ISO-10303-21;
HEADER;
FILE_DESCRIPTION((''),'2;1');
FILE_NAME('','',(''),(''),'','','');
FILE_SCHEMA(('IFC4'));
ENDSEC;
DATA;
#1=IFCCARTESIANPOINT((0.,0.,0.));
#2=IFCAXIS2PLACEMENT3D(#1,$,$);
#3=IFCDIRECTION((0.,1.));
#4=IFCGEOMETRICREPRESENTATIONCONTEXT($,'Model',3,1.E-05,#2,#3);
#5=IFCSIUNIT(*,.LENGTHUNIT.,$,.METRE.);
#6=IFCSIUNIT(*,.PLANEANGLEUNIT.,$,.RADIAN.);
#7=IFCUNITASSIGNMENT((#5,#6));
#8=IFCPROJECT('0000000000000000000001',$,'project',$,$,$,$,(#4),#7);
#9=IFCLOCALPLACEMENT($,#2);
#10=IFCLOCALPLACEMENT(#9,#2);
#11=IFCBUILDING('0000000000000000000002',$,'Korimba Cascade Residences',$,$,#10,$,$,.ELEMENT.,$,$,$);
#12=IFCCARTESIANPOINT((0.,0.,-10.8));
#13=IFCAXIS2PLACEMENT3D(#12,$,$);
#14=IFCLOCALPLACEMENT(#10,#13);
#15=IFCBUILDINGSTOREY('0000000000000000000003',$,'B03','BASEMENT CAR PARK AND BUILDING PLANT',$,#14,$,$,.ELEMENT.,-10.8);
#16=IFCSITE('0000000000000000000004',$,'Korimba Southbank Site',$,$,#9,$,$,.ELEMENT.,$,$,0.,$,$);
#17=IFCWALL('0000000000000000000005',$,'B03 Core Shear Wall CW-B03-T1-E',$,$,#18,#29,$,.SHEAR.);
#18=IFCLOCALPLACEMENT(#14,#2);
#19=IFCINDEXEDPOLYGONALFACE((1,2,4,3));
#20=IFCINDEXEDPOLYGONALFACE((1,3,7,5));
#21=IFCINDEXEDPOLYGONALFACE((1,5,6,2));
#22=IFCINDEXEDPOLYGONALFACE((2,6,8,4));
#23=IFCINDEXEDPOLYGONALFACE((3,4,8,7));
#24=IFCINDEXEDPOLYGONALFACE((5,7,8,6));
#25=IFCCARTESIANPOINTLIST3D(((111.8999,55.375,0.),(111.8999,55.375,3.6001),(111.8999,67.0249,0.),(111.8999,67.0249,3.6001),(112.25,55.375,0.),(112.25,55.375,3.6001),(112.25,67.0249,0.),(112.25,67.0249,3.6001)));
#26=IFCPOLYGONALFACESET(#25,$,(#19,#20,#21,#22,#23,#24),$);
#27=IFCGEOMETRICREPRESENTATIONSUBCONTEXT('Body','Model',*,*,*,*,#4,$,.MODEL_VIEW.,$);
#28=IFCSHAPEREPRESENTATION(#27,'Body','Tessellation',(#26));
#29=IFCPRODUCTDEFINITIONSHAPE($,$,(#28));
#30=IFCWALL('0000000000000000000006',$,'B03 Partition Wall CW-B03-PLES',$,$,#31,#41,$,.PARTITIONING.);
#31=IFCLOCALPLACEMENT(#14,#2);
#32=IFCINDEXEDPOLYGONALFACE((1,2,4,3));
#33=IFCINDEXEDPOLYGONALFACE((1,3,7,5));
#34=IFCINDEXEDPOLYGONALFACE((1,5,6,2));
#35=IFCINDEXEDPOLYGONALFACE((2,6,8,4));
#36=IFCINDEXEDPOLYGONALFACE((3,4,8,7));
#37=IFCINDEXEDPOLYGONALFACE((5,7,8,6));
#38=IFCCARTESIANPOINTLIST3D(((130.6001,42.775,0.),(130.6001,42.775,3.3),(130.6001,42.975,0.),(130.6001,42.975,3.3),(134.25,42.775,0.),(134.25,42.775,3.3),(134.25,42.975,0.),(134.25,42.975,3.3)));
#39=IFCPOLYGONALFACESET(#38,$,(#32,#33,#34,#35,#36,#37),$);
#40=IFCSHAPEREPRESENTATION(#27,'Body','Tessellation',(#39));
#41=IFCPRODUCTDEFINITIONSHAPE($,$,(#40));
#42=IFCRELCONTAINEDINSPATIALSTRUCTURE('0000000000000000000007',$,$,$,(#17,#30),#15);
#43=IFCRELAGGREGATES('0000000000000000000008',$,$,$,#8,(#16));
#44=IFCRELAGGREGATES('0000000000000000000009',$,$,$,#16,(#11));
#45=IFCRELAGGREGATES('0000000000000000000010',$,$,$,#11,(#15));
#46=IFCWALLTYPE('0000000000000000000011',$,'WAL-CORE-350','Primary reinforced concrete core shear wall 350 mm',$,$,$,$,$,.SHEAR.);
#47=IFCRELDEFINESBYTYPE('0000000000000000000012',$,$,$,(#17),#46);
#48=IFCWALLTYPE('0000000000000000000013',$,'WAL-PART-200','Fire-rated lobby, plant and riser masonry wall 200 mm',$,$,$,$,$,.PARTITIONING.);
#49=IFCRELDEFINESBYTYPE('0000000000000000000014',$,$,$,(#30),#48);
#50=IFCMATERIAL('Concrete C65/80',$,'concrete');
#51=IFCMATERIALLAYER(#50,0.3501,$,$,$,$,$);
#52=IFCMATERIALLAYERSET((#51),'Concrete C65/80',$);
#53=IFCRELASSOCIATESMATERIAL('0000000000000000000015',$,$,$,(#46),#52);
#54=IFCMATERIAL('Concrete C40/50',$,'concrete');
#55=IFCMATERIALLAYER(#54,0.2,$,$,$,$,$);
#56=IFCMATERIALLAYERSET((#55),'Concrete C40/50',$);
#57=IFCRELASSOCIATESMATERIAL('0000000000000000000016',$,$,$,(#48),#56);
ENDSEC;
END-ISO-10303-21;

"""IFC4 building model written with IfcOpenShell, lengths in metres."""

from ifc_helpers import new_model, si_unit, direction, frame, frame_2d, origin, place, context, subcontext, project, spatial, rectangle, extrude, material, layer, layer_set, type_object, element, save


model = new_model("IFC4")

# Units and contexts
model_context = context("Model", 3, precision=1e-05, world=origin(), true_north=direction((0.0, 1.0)))
body_context = subcontext(model_context, "Body", "Model", "MODEL_VIEW")
ifc_project = project(units=[si_unit("LENGTHUNIT", "METRE"), si_unit("PLANEANGLEUNIT", "RADIAN")], contexts=[model_context])

# Site, building, storey
site_placement = place(None, origin())
site = spatial("IfcSite", under=ifc_project, at=site_placement, Name="Korimba Southbank Site", CompositionType="ELEMENT", RefElevation=0.0)
building_placement = place(site_placement, origin())
building = spatial("IfcBuilding", under=site, at=building_placement, Name="Korimba Cascade Residences", CompositionType="ELEMENT")
storey_placement = place(building_placement, frame((0.0, 0.0, -10.8)))
storey = spatial("IfcBuildingStorey", under=building, at=storey_placement, Name="B03", Description="BASEMENT CAR PARK AND BUILDING PLANT", CompositionType="ELEMENT", Elevation=-10.8)

# Wall
ifc_material_1 = material(Name="Concrete C65/80", Category="concrete")
ifc_layer_1 = layer(ifc_material_1, 0.3501)
ifc_layer_set_1 = layer_set([ifc_layer_1], Name="Concrete C65/80")
wall_type_1 = type_object("IfcWallType", Name="WAL-CORE-350", Description="Primary reinforced concrete core shear wall 350 mm", PredefinedType="SHEAR", material=ifc_layer_set_1)
wall_1_placement = place(storey_placement, frame((112.075, 55.375, 0.0), z_axis=(0.0, 0.0, 1.0), x_axis=(0.0, 1.0, 0.0)))
element("IfcWall", 1, at=wall_1_placement, inside=storey, type_object=wall_type_1, Name="B03 Core Shear Wall CW-B03-T1-E", PredefinedType="SHEAR", context=body_context, shape_type="SweptSolid", body=[
    extrude(rectangle(XDim=11.6499, YDim=0.3501, at=frame_2d((5.825, 0.0))), origin(), (0.0, 0.0, 1.0), 3.6001),
])

# Shared definitions
ifc_material_2 = material(Name="Concrete C40/50", Category="concrete")
ifc_layer_2 = layer(ifc_material_2, 0.2)
ifc_layer_set_2 = layer_set([ifc_layer_2], Name="Concrete C40/50")
wall_type_2 = type_object("IfcWallType", Name="WAL-PART-200", Description="Fire-rated lobby, plant and riser masonry wall 200 mm", PredefinedType="PARTITIONING", material=ifc_layer_set_2)

# Wall
wall_2_placement = place(storey_placement, frame((130.6001, 42.875, 0.0), z_axis=(0.0, 0.0, 1.0), x_axis=(1.0, 0.0, 0.0)))
element("IfcWall", 2, at=wall_2_placement, inside=storey, type_object=wall_type_2, Name="B03 Partition Wall CW-B03-PLES", PredefinedType="PARTITIONING", context=body_context, shape_type="SweptSolid", body=[
    extrude(rectangle(XDim=3.6499, YDim=0.2, at=frame_2d((1.825, 0.0))), origin(), (0.0, 0.0, 1.0), 3.3),
])

save(model, "model.ifc")
